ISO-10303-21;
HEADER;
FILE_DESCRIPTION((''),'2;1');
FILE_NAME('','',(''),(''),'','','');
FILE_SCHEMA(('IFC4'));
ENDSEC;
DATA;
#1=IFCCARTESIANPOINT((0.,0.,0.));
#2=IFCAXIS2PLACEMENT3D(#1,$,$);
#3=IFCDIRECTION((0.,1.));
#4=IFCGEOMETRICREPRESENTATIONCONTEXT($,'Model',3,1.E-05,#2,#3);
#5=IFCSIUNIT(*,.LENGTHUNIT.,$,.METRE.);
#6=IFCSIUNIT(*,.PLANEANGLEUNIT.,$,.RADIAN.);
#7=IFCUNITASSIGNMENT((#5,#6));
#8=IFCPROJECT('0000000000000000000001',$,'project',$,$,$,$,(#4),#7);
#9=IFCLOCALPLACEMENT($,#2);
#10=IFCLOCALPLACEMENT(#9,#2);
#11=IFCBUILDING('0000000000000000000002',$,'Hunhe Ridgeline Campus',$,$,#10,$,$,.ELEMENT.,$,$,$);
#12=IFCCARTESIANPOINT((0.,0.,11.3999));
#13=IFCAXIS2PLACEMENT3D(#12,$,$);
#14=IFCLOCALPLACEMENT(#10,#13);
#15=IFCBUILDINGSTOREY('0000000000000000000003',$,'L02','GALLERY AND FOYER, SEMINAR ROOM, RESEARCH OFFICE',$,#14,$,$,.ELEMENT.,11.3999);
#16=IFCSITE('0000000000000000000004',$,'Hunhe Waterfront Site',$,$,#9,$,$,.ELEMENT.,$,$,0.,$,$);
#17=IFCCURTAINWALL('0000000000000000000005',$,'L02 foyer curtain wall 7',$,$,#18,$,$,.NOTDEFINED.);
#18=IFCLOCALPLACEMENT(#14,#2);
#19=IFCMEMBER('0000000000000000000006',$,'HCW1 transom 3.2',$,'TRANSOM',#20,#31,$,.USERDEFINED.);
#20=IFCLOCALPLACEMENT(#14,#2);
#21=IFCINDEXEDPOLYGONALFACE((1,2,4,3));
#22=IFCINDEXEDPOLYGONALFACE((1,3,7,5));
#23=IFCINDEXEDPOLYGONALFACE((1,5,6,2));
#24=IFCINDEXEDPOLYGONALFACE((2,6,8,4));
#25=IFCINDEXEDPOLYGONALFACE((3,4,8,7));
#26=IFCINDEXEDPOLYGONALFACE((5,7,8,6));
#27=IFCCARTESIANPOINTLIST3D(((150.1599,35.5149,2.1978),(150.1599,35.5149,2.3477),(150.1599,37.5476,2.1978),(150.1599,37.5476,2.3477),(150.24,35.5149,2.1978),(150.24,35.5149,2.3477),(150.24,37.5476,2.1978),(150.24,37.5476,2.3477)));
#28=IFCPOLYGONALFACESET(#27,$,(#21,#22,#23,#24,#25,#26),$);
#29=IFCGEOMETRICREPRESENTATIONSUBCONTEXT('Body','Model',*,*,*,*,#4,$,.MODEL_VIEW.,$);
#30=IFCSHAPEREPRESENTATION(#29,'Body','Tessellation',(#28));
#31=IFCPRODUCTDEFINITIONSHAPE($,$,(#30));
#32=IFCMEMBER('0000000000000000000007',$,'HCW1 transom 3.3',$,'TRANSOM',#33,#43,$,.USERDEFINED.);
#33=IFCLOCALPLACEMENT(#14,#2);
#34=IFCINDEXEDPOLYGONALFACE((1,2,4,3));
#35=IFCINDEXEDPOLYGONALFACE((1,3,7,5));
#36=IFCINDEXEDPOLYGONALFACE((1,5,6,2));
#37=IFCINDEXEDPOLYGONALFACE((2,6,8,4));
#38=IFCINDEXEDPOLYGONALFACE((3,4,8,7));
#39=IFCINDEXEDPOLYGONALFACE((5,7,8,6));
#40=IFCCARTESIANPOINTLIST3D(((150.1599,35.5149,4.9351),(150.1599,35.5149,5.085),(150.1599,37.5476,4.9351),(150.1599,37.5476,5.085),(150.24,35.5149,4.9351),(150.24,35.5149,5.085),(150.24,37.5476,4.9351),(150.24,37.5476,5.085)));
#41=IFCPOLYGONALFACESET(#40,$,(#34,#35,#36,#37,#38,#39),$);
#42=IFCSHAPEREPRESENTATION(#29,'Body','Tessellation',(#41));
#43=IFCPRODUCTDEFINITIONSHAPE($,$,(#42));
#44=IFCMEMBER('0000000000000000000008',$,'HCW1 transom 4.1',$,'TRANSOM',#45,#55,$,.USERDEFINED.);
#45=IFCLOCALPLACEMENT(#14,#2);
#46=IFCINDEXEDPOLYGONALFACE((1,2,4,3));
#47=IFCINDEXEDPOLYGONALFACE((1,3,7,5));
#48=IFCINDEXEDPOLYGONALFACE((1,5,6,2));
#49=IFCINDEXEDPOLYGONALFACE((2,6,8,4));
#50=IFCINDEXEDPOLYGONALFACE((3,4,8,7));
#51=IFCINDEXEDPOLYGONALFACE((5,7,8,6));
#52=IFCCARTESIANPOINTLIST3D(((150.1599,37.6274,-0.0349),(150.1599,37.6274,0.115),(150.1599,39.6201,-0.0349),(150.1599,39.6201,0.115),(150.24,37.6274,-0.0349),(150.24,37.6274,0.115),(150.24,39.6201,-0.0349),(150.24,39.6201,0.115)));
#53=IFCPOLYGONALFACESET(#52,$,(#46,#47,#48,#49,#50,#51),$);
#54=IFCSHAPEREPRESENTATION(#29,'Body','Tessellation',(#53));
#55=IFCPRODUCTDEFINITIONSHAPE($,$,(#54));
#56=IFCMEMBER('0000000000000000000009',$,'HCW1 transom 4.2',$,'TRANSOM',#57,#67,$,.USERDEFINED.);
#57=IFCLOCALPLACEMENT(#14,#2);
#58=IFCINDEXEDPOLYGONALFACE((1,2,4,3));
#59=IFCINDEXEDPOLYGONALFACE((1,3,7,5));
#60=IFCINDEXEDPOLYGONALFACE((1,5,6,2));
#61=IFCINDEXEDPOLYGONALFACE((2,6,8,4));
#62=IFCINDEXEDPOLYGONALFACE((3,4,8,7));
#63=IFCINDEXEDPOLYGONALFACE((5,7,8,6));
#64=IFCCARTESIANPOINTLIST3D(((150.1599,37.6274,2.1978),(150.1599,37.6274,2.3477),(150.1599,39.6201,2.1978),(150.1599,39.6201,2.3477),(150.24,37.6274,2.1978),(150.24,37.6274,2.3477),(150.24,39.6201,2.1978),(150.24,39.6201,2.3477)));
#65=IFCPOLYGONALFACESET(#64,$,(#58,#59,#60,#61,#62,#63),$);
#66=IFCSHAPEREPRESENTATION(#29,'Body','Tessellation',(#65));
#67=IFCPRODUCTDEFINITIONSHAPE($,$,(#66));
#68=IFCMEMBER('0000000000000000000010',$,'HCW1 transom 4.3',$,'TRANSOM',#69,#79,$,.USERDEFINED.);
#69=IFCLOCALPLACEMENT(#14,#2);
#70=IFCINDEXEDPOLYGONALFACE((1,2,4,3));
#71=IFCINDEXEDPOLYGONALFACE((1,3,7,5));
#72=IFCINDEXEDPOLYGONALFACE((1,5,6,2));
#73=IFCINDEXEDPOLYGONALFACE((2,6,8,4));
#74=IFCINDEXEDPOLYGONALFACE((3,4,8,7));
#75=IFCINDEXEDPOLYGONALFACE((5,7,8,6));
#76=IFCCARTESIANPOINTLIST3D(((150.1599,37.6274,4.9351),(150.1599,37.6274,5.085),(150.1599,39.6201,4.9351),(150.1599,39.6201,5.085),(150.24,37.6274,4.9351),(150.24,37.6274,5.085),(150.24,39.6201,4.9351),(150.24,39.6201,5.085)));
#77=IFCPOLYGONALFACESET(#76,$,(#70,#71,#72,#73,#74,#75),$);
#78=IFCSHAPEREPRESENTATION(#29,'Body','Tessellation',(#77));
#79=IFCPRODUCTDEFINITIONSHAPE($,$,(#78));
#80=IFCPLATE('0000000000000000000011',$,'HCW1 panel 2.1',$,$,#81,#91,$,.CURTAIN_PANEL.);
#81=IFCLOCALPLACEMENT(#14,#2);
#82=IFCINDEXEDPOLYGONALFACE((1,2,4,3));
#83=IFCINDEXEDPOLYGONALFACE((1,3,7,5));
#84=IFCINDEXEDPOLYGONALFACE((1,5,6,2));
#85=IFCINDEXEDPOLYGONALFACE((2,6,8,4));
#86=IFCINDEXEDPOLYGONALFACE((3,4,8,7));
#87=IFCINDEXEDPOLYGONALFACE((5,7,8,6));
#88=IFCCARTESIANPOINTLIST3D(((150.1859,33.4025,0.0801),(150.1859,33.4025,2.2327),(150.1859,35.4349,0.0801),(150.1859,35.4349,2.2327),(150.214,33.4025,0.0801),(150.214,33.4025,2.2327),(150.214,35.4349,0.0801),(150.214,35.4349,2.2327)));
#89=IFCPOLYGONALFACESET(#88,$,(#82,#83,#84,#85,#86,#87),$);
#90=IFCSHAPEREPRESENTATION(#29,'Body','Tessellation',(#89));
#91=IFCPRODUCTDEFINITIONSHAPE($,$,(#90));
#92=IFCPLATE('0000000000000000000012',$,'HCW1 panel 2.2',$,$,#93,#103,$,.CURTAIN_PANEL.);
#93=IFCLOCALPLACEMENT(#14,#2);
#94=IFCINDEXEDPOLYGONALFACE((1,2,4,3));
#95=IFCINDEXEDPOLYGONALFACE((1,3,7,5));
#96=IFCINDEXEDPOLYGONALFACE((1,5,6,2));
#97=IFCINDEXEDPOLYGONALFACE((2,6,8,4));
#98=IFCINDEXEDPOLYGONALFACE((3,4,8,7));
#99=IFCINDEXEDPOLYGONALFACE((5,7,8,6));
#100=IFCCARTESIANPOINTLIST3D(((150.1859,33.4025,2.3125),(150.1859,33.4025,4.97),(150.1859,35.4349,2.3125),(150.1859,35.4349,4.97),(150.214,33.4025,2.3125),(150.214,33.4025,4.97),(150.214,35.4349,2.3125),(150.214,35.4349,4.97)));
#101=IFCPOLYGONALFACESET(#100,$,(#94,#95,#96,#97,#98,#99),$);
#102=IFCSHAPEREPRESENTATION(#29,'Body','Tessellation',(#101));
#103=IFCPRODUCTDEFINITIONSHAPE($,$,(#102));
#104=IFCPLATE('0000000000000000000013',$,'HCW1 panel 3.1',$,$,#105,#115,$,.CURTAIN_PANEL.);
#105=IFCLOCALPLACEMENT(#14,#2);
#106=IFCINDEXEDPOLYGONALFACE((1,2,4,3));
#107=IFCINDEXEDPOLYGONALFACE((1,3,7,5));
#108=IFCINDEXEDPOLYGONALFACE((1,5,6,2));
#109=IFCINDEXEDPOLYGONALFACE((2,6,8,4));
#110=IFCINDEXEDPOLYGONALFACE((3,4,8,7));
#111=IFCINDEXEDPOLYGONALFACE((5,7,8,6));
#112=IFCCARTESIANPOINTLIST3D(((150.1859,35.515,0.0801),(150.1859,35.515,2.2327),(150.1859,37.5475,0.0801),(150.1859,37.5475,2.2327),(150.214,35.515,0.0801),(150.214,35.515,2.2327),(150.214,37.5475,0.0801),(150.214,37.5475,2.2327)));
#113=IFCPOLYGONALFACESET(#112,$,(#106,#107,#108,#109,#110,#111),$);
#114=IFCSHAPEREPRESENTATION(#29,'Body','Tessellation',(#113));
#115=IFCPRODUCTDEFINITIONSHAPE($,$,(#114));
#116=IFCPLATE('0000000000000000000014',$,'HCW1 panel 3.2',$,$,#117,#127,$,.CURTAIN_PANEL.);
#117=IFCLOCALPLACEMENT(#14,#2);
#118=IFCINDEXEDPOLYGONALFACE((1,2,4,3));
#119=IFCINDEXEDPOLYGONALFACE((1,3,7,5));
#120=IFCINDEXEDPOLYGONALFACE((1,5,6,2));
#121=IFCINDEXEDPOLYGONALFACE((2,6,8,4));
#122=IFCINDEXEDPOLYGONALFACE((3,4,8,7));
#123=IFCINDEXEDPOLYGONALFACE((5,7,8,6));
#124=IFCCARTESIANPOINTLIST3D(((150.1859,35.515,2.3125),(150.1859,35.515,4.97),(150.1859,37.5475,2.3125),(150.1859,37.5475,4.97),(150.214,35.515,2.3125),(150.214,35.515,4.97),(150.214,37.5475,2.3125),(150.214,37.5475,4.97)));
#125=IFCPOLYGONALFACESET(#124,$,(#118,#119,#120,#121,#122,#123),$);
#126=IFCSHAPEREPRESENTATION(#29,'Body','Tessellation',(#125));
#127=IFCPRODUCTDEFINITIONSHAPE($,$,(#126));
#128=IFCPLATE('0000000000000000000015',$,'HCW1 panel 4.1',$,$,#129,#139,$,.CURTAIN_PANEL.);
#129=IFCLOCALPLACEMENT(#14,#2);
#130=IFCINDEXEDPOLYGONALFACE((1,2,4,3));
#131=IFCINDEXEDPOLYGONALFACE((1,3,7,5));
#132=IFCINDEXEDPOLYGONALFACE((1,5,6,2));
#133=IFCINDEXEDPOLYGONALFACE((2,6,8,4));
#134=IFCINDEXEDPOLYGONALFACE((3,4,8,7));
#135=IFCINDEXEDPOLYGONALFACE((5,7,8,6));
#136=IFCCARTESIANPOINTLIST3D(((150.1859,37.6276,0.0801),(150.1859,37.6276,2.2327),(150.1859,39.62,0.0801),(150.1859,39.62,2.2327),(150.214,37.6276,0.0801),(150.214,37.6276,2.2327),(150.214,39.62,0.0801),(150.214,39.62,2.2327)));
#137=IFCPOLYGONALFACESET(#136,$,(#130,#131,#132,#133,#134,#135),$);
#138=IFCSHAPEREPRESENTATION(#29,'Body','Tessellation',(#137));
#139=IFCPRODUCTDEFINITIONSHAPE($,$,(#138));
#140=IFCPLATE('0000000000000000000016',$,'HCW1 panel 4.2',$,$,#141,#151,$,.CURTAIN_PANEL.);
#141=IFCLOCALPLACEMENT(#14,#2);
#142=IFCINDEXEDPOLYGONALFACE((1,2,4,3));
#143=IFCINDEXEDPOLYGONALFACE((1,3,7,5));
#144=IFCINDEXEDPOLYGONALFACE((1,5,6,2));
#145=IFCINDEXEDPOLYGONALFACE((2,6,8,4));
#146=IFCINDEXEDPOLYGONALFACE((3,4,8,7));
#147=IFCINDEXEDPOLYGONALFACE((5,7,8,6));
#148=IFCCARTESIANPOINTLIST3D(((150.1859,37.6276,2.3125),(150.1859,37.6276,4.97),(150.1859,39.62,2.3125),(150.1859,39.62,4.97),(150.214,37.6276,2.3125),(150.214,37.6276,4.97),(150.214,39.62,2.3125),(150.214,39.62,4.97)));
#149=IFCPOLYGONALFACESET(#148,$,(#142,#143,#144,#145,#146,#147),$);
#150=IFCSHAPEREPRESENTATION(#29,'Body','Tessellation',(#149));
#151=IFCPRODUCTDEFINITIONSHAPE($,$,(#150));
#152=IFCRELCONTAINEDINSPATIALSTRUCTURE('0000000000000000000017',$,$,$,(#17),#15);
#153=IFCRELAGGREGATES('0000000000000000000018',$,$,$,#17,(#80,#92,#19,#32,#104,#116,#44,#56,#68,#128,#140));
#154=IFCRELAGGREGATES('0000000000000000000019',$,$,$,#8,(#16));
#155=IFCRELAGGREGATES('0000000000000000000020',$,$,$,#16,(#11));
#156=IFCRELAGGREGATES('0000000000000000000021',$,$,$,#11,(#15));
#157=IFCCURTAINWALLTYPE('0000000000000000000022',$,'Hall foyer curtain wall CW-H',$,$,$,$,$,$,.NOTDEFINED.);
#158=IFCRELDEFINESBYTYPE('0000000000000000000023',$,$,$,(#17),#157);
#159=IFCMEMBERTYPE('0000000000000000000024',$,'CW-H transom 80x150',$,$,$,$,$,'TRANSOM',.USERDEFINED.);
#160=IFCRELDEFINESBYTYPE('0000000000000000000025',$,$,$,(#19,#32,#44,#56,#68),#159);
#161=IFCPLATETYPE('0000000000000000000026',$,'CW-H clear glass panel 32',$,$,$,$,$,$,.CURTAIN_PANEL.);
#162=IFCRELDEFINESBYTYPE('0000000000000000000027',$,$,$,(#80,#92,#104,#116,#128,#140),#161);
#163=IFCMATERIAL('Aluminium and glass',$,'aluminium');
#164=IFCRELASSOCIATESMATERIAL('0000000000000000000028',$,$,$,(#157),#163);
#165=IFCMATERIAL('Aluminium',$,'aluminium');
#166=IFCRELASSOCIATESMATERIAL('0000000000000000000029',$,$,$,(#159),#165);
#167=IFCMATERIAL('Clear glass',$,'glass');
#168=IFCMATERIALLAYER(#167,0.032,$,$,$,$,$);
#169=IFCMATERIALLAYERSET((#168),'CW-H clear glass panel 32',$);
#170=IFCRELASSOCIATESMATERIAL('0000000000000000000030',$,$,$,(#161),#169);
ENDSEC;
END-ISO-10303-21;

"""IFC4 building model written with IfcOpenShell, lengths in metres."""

from ifc_helpers import new_model, si_unit, direction, frame, origin, origin_2d, place, context, subcontext, project, spatial, rectangle, extrude, material, layer, layer_set, material_profile, profile_set, type_object, element, aggregate, save


model = new_model("IFC4")

# Units and contexts
model_context = context("Model", 3, precision=1e-05, world=origin(), true_north=direction((0.0, 1.0)))
body_context = subcontext(model_context, "Body", "Model", "MODEL_VIEW")
ifc_project = project(units=[si_unit("LENGTHUNIT", "METRE"), si_unit("PLANEANGLEUNIT", "RADIAN")], contexts=[model_context])

# Site, building, storey
site_placement = place(None, origin())
site = spatial("IfcSite", under=ifc_project, at=site_placement, Name="Hunhe Waterfront Site", CompositionType="ELEMENT", RefElevation=0.0)
building_placement = place(site_placement, origin())
building = spatial("IfcBuilding", under=site, at=building_placement, Name="Hunhe Ridgeline Campus", CompositionType="ELEMENT")
storey_placement = place(building_placement, frame((0.0, 0.0, 11.3999)))
storey = spatial("IfcBuildingStorey", under=building, at=storey_placement, Name="L02", Description="GALLERY AND FOYER, SEMINAR ROOM, RESEARCH OFFICE", CompositionType="ELEMENT", Elevation=11.3999)

# Curtain wall
ifc_material_1 = material(Name="Aluminium and glass", Category="aluminium")
curtain_wall_type = type_object("IfcCurtainWallType", Name="Hall foyer curtain wall CW-H", PredefinedType="NOTDEFINED", material=ifc_material_1)
curtain_wall_1_placement = place(storey_placement, origin())
curtain_wall_1 = element("IfcCurtainWall", 1, at=curtain_wall_1_placement, inside=storey, type_object=curtain_wall_type, Name="L02 foyer curtain wall 7", PredefinedType="NOTDEFINED")
ifc_material_2 = material(Name="Aluminium", Category="aluminium")

# Members
ifc_material_profile_1 = material_profile(ifc_material_2, rectangle(XDim=0.0801, YDim=0.1499, at=origin_2d()))
ifc_profile_set_1 = profile_set([ifc_material_profile_1], Name="Aluminium")
member_type_1 = type_object("IfcMemberType", Name="CW-H transom 80x150", ElementType="TRANSOM", PredefinedType="USERDEFINED", material=ifc_profile_set_1)
member_1_placement = place(storey_placement, frame((150.2, 35.5149, 2.2727), z_axis=(0.0, 1.0, 0.0), x_axis=(-1.0, 0.0, 0.0)))
member_1 = element("IfcMember", 2, at=member_1_placement, type_object=member_type_1, Name="HCW1 transom 3.2", ObjectType="TRANSOM", PredefinedType="USERDEFINED", context=body_context, shape_type="SweptSolid", body=[
    extrude(rectangle(XDim=0.0801, YDim=0.1499, at=origin_2d()), origin(), (0.0, 0.0, 1.0), 2.0327),
])
member_2_placement = place(storey_placement, frame((150.2, 35.5149, 5.01), z_axis=(0.0, 1.0, 0.0), x_axis=(-1.0, 0.0, 0.0)))
member_2 = element("IfcMember", 3, at=member_2_placement, type_object=member_type_1, Name="HCW1 transom 3.3", ObjectType="TRANSOM", PredefinedType="USERDEFINED", context=body_context, shape_type="SweptSolid", body=[
    extrude(rectangle(XDim=0.0801, YDim=0.1499, at=origin_2d()), origin(), (0.0, 0.0, 1.0), 2.0327),
])
member_3_placement = place(storey_placement, frame((150.2, 37.6274, 0.04), z_axis=(0.0, 1.0, 0.0), x_axis=(-1.0, 0.0, 0.0)))
member_3 = element("IfcMember", 4, at=member_3_placement, type_object=member_type_1, Name="HCW1 transom 4.1", ObjectType="TRANSOM", PredefinedType="USERDEFINED", context=body_context, shape_type="SweptSolid", body=[
    extrude(rectangle(XDim=0.0801, YDim=0.1499, at=origin_2d()), origin(), (0.0, 0.0, 1.0), 1.9927),
])
member_4_placement = place(storey_placement, frame((150.2, 37.6274, 2.2727), z_axis=(0.0, 1.0, 0.0), x_axis=(-1.0, 0.0, 0.0)))
member_4 = element("IfcMember", 5, at=member_4_placement, type_object=member_type_1, Name="HCW1 transom 4.2", ObjectType="TRANSOM", PredefinedType="USERDEFINED", context=body_context, shape_type="SweptSolid", body=[
    extrude(rectangle(XDim=0.0801, YDim=0.1499, at=origin_2d()), origin(), (0.0, 0.0, 1.0), 1.9927),
])
member_5_placement = place(storey_placement, frame((150.2, 37.6274, 5.01), z_axis=(0.0, 1.0, 0.0), x_axis=(-1.0, 0.0, 0.0)))
member_5 = element("IfcMember", 6, at=member_5_placement, type_object=member_type_1, Name="HCW1 transom 4.3", ObjectType="TRANSOM", PredefinedType="USERDEFINED", context=body_context, shape_type="SweptSolid", body=[
    extrude(rectangle(XDim=0.0801, YDim=0.1499, at=origin_2d()), origin(), (0.0, 0.0, 1.0), 1.9927),
])

# Plates
ifc_material_3 = material(Name="Clear glass", Category="glass")
ifc_layer = layer(ifc_material_3, 0.032)
ifc_layer_set = layer_set([ifc_layer], Name="CW-H clear glass panel 32")
plate_type = type_object("IfcPlateType", Name="CW-H clear glass panel 32", PredefinedType="CURTAIN_PANEL", material=ifc_layer_set)
plate_1_placement = place(storey_placement, frame((150.2, 34.4187, 0.0801), z_axis=(0.0, 0.0, 1.0), x_axis=(0.0, 1.0, 0.0)))
plate_1 = element("IfcPlate", 7, at=plate_1_placement, type_object=plate_type, Name="HCW1 panel 2.1", PredefinedType="CURTAIN_PANEL", context=body_context, shape_type="SweptSolid", body=[
    extrude(rectangle(XDim=2.0325, YDim=0.0281, at=origin_2d()), origin(), (0.0, 0.0, 1.0), 2.1526),
])
plate_2_placement = place(storey_placement, frame((150.2, 34.4187, 2.3125), z_axis=(0.0, 0.0, 1.0), x_axis=(0.0, 1.0, 0.0)))
plate_2 = element("IfcPlate", 8, at=plate_2_placement, type_object=plate_type, Name="HCW1 panel 2.2", PredefinedType="CURTAIN_PANEL", context=body_context, shape_type="SweptSolid", body=[
    extrude(rectangle(XDim=2.0325, YDim=0.0281, at=origin_2d()), origin(), (0.0, 0.0, 1.0), 2.6575),
])
plate_3_placement = place(storey_placement, frame((150.2, 36.5312, 0.0801), z_axis=(0.0, 0.0, 1.0), x_axis=(0.0, 1.0, 0.0)))
plate_3 = element("IfcPlate", 9, at=plate_3_placement, type_object=plate_type, Name="HCW1 panel 3.1", PredefinedType="CURTAIN_PANEL", context=body_context, shape_type="SweptSolid", body=[
    extrude(rectangle(XDim=2.0325, YDim=0.0281, at=origin_2d()), origin(), (0.0, 0.0, 1.0), 2.1526),
])
plate_4_placement = place(storey_placement, frame((150.2, 36.5312, 2.3125), z_axis=(0.0, 0.0, 1.0), x_axis=(0.0, 1.0, 0.0)))
plate_4 = element("IfcPlate", 10, at=plate_4_placement, type_object=plate_type, Name="HCW1 panel 3.2", PredefinedType="CURTAIN_PANEL", context=body_context, shape_type="SweptSolid", body=[
    extrude(rectangle(XDim=2.0325, YDim=0.0281, at=origin_2d()), origin(), (0.0, 0.0, 1.0), 2.6575),
])
plate_5_placement = place(storey_placement, frame((150.2, 38.6238, 0.0801), z_axis=(0.0, 0.0, 1.0), x_axis=(0.0, 1.0, 0.0)))
plate_5 = element("IfcPlate", 11, at=plate_5_placement, type_object=plate_type, Name="HCW1 panel 4.1", PredefinedType="CURTAIN_PANEL", context=body_context, shape_type="SweptSolid", body=[
    extrude(rectangle(XDim=1.9924, YDim=0.0281, at=origin_2d()), origin(), (0.0, 0.0, 1.0), 2.1526),
])
plate_6_placement = place(storey_placement, frame((150.2, 38.6238, 2.3125), z_axis=(0.0, 0.0, 1.0), x_axis=(0.0, 1.0, 0.0)))
plate_6 = element("IfcPlate", 12, at=plate_6_placement, type_object=plate_type, Name="HCW1 panel 4.2", PredefinedType="CURTAIN_PANEL", context=body_context, shape_type="SweptSolid", body=[
    extrude(rectangle(XDim=1.9924, YDim=0.0281, at=origin_2d()), origin(), (0.0, 0.0, 1.0), 2.6575),
])
aggregate(curtain_wall_1, [plate_1, plate_2, member_1, member_2, plate_3, plate_4, member_3, member_4, member_5, plate_5, plate_6])

save(model, "model.ifc")
